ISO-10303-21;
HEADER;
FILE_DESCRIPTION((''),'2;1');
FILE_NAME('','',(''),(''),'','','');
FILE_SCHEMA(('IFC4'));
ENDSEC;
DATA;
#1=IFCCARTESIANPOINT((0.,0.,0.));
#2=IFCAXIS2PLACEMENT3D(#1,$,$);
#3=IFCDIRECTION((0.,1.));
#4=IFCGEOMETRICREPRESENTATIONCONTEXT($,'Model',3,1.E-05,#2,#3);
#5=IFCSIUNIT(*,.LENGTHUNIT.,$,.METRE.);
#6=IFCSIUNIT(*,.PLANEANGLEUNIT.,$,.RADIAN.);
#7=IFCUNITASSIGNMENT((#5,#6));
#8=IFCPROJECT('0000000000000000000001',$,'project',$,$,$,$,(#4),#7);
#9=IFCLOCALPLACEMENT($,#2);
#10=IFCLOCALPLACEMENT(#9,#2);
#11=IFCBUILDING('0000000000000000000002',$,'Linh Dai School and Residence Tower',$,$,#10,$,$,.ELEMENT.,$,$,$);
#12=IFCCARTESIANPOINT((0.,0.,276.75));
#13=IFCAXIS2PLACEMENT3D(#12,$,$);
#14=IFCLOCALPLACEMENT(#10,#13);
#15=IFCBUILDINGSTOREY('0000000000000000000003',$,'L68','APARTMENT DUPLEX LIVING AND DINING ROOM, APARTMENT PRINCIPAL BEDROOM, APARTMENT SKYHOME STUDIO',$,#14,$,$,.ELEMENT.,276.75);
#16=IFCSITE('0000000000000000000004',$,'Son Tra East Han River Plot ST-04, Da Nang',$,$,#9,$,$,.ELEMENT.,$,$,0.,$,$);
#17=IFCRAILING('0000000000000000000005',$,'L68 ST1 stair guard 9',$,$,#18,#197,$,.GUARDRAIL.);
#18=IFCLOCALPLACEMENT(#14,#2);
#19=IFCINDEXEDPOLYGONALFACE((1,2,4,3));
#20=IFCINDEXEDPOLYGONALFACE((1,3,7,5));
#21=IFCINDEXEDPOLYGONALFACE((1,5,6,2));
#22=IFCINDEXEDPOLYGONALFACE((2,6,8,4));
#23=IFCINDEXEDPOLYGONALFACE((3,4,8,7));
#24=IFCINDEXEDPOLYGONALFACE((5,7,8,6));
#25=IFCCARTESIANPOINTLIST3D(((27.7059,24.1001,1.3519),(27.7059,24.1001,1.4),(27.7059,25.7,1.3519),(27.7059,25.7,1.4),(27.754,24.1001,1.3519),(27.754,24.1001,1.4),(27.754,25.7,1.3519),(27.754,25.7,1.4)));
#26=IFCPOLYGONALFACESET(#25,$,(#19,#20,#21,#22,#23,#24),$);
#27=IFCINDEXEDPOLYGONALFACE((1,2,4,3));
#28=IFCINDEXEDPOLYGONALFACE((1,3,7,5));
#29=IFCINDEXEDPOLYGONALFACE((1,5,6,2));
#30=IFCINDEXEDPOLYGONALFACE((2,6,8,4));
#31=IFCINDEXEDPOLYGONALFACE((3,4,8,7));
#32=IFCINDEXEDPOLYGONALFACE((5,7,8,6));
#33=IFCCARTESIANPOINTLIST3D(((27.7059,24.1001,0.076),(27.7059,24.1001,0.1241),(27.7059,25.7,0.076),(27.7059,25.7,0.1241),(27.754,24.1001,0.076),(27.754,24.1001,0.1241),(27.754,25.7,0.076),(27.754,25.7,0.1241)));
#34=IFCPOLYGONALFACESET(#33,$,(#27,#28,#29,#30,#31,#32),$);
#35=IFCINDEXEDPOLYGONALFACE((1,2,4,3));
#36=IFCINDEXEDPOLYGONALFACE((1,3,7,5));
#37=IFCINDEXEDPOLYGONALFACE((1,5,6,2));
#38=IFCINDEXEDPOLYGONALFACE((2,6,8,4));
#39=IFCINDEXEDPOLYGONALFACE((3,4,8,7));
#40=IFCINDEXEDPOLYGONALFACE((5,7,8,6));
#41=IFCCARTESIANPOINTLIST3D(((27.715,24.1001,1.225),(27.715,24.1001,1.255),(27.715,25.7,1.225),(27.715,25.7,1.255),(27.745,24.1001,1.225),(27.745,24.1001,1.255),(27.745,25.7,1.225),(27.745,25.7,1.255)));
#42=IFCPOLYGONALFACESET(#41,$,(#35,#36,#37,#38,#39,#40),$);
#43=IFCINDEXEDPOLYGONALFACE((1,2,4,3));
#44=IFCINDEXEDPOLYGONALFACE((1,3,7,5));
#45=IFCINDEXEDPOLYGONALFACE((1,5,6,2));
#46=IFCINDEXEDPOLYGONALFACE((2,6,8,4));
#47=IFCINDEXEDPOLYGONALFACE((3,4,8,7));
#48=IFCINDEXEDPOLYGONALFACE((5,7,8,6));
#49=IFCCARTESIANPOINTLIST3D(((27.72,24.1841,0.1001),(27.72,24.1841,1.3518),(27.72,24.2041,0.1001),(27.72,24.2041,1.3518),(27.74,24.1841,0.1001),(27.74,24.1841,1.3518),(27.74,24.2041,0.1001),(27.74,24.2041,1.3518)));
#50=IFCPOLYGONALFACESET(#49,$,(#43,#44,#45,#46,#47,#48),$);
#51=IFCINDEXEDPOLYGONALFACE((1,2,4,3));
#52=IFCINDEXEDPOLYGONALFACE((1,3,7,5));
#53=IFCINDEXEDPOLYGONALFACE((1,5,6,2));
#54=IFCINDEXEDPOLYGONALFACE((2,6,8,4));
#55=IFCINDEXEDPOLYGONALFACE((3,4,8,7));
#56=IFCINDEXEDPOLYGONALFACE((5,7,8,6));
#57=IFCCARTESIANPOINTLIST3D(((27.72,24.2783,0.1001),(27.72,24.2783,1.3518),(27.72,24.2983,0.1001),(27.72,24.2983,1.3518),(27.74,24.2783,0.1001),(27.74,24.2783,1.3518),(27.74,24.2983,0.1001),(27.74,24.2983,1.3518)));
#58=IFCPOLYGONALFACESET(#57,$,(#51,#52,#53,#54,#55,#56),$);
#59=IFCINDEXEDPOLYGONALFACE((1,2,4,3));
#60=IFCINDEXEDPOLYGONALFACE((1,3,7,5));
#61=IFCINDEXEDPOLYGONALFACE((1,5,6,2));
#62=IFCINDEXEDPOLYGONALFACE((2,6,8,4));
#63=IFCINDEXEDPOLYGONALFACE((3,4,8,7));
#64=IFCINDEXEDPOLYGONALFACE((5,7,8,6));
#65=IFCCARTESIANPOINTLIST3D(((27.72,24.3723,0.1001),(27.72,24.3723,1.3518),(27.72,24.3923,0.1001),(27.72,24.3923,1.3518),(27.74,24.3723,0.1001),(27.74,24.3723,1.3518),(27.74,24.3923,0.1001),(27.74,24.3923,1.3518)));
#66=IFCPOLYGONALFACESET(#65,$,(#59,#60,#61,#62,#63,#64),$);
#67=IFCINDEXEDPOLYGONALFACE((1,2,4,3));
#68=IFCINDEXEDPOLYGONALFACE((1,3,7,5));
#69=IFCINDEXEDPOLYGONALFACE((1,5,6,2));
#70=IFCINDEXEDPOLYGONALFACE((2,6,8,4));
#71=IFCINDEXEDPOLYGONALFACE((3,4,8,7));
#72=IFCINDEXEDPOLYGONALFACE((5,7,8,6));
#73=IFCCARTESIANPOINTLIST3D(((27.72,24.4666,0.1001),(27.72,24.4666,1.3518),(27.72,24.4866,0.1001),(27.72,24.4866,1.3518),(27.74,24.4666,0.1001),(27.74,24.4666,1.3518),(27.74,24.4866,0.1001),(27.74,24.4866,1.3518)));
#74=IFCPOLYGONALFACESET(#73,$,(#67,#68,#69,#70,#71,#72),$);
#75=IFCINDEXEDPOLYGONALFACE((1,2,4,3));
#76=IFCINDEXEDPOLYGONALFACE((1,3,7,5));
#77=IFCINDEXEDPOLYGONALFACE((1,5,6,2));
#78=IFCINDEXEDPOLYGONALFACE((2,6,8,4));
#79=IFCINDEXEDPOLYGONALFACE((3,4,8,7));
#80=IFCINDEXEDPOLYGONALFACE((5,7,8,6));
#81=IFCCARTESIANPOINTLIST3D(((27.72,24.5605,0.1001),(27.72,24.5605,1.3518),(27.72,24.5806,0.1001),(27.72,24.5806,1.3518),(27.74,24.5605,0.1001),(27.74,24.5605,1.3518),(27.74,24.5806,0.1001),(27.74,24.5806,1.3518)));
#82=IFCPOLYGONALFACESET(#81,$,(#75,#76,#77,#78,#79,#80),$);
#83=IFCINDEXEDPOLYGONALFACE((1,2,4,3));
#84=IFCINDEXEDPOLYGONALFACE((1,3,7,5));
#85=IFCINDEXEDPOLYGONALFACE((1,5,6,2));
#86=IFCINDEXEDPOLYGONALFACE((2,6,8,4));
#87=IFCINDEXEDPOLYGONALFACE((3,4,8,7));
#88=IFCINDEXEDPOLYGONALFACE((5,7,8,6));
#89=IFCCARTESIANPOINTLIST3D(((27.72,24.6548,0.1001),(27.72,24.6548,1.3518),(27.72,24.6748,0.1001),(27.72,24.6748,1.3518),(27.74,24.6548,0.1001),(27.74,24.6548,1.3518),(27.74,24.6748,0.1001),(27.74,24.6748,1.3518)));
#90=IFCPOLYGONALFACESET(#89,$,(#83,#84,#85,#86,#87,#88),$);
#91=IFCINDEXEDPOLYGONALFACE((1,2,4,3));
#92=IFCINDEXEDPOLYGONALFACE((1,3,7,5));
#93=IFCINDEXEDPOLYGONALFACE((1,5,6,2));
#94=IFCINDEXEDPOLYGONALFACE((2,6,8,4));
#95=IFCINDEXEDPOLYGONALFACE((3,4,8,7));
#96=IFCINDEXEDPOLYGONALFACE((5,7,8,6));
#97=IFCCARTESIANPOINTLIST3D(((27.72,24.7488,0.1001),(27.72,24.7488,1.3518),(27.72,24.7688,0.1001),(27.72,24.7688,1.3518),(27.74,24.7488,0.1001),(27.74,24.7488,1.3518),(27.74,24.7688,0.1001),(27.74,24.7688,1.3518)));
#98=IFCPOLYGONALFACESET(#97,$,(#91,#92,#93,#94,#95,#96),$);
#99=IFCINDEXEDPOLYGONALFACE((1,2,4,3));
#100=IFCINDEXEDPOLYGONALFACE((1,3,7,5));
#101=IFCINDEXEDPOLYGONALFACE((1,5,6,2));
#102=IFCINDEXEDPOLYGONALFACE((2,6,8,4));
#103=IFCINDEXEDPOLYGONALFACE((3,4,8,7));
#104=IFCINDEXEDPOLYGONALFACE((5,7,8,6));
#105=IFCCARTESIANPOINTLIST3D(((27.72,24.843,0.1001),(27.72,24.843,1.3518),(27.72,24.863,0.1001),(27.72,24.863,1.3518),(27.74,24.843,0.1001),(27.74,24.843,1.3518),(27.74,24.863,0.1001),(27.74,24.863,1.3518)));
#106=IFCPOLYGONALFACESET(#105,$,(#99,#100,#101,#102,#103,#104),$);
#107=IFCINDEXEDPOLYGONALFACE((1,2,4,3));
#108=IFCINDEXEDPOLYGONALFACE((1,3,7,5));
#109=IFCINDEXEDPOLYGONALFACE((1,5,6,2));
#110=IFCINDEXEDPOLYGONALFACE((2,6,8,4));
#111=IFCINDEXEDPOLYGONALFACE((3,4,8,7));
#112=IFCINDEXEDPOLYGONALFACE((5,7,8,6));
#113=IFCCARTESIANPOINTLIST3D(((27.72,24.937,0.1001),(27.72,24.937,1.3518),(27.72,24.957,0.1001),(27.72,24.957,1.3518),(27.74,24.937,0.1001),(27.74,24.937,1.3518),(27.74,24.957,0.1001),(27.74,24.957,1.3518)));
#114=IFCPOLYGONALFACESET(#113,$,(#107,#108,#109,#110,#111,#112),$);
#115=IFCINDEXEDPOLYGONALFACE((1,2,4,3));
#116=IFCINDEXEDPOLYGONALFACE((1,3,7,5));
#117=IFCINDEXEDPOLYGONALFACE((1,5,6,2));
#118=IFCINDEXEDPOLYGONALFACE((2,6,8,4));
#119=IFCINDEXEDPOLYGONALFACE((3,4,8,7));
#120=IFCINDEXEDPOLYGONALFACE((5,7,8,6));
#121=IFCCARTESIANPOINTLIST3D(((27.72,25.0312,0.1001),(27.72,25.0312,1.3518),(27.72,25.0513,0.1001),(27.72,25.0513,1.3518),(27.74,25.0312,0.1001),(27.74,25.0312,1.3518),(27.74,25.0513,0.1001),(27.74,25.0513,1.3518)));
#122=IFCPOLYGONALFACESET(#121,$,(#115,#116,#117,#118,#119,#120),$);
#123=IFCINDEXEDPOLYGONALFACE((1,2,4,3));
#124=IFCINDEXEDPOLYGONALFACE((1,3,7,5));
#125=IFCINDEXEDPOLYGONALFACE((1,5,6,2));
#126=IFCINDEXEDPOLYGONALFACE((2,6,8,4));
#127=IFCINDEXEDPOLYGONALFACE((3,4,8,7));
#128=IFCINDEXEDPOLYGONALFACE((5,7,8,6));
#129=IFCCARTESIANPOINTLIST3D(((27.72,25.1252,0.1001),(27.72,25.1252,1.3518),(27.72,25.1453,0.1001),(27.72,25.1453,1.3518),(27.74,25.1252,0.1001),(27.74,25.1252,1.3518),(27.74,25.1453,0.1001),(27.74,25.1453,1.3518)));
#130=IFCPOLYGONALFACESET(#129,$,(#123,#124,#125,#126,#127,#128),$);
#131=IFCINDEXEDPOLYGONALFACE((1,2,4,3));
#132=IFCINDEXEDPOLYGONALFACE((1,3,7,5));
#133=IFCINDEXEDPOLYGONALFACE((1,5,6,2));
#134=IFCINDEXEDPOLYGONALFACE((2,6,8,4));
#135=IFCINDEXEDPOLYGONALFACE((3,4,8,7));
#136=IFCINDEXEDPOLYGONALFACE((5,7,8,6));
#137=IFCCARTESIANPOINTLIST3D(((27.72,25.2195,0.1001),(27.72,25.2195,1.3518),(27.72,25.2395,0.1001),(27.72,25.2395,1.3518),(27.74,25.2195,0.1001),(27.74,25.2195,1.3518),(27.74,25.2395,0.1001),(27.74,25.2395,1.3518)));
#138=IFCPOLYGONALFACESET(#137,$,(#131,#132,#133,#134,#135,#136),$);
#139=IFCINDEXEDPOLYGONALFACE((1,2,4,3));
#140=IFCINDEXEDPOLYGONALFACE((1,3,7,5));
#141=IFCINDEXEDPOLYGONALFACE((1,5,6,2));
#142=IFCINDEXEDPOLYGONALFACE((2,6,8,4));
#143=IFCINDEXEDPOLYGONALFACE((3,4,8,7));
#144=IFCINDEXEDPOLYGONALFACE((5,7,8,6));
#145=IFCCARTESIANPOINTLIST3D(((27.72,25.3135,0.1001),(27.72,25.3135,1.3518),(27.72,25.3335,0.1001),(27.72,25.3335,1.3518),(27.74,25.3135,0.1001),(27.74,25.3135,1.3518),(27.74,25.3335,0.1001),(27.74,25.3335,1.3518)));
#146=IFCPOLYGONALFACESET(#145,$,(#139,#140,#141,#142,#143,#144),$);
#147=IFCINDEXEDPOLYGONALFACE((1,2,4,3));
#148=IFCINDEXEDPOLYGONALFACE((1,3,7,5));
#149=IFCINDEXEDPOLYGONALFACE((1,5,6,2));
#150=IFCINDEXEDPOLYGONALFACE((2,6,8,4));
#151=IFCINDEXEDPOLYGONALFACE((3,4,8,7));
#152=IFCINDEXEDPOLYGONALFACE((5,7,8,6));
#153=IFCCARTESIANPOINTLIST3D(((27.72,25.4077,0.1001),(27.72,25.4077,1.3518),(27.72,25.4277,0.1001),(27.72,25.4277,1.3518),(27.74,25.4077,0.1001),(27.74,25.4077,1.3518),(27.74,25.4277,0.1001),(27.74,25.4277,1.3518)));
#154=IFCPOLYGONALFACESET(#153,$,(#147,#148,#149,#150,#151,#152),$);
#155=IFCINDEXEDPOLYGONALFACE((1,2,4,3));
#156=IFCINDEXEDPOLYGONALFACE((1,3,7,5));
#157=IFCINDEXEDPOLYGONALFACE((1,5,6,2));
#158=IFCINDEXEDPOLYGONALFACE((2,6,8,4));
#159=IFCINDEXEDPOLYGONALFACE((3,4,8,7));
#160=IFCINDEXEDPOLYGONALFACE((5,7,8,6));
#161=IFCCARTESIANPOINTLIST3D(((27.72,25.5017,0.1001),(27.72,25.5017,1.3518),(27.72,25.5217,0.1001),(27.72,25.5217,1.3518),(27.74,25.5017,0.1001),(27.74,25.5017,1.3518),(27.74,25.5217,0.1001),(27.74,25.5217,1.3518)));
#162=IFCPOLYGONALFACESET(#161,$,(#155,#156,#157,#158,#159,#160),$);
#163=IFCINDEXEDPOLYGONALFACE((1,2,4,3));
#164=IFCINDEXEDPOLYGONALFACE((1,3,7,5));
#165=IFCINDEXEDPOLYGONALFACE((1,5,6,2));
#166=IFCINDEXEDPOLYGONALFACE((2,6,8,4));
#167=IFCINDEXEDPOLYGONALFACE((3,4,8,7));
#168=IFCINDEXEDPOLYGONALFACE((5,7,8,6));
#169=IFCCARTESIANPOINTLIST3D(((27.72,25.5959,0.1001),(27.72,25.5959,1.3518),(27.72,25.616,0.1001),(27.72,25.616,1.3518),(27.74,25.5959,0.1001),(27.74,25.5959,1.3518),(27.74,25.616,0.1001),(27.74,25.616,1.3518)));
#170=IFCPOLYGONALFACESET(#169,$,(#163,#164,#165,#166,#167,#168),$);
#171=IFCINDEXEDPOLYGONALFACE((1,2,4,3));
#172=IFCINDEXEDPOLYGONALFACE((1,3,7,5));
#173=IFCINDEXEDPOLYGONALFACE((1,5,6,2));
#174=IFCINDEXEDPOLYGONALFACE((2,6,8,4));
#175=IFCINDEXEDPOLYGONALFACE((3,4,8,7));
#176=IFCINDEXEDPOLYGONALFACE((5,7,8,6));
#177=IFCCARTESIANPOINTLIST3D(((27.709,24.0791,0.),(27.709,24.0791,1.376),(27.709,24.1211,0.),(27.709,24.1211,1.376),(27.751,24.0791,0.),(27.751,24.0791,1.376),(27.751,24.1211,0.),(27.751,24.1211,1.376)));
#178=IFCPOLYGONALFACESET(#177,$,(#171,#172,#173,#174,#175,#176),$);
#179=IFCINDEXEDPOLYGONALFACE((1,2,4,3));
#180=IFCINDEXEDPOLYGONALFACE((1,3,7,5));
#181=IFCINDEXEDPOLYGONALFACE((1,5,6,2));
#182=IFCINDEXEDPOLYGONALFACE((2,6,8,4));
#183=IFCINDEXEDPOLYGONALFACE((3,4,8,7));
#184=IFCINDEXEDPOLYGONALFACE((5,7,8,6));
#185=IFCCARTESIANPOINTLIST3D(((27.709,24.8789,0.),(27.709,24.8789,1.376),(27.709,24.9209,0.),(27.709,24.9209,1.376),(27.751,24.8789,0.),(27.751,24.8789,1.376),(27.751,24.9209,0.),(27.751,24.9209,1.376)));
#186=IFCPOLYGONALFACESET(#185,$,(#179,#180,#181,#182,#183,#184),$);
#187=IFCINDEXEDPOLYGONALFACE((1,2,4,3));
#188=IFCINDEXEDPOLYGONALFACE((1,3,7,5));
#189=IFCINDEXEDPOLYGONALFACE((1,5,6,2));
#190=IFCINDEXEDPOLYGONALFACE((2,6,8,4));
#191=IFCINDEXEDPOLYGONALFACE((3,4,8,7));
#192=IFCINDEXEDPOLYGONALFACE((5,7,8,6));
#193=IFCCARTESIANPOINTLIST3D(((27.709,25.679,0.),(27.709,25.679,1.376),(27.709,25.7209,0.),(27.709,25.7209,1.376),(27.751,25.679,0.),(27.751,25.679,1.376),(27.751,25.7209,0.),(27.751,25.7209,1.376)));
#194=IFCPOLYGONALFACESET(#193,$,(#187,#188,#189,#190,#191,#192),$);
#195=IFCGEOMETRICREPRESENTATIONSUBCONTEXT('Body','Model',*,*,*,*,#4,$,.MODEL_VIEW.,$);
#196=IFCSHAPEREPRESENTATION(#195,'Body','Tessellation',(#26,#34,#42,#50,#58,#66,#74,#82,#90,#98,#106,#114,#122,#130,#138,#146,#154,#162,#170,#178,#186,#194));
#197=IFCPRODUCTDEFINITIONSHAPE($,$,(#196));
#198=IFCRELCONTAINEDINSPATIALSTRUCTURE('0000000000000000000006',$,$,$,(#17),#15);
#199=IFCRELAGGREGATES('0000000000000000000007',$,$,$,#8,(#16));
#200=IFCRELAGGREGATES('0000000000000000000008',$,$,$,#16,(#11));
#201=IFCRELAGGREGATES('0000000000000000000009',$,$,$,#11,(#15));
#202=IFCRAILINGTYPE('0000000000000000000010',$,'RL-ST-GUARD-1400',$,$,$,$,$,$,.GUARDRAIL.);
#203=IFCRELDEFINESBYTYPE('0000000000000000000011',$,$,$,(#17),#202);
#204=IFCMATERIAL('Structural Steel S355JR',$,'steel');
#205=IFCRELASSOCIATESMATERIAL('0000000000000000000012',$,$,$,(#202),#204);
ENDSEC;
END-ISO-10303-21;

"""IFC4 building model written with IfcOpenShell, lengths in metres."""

from ifc_helpers import new_model, si_unit, direction, frame, origin, origin_2d, place, context, subcontext, project, spatial, rectangle, extrude, source, transform, mapped, material, type_object, element, save


model = new_model("IFC4")

# Units and contexts
model_context = context("Model", 3, precision=1e-05, world=origin(), true_north=direction((0.0, 1.0)))
body_context = subcontext(model_context, "Body", "Model", "MODEL_VIEW")
ifc_project = project(units=[si_unit("LENGTHUNIT", "METRE"), si_unit("PLANEANGLEUNIT", "RADIAN")], contexts=[model_context])

# Site, building, storey
site_placement = place(None, origin())
site = spatial("IfcSite", under=ifc_project, at=site_placement, Name="Son Tra East Han River Plot ST-04, Da Nang", CompositionType="ELEMENT", RefElevation=0.0)
building_placement = place(site_placement, origin())
building = spatial("IfcBuilding", under=site, at=building_placement, Name="Linh Dai School and Residence Tower", CompositionType="ELEMENT")
storey_placement = place(building_placement, frame((0.0, 0.0, 276.75)))
storey = spatial("IfcBuildingStorey", under=building, at=storey_placement, Name="L68", Description="APARTMENT DUPLEX LIVING AND DINING ROOM, APARTMENT PRINCIPAL BEDROOM, APARTMENT SKYHOME STUDIO", CompositionType="ELEMENT", Elevation=276.75)

# Shared definitions
ifc_material_1 = material(Name="Structural Steel S355JR", Category="steel")

# Railing
railing_type = type_object("IfcRailingType", Name="RL-ST-GUARD-1400", PredefinedType="GUARDRAIL", material=ifc_material_1)
shared_shape_1 = source(origin(), body_context, "Body", "SweptSolid", [
    extrude(rectangle(XDim=0.0481, YDim=0.0481, at=origin_2d()), frame((0.0, 0.0, 1.376), z_axis=(0.0, 1.0, 0.0), x_axis=(-1.0, 0.0, 0.0)), (0.0, 0.0, 1.0), 1.5999),
    extrude(rectangle(XDim=0.0481, YDim=0.0481, at=origin_2d()), frame((0.0, 0.0, 0.1001), z_axis=(0.0, 1.0, 0.0), x_axis=(-1.0, 0.0, 0.0)), (0.0, 0.0, 1.0), 1.5999),
    extrude(rectangle(XDim=0.03, YDim=0.03, at=origin_2d()), frame((0.0, 0.0, 1.24), z_axis=(0.0, 1.0, 0.0), x_axis=(-1.0, 0.0, 0.0)), (0.0, 0.0, 1.0), 1.5999),
    extrude(rectangle(XDim=0.02, YDim=0.02, at=origin_2d()), frame((0.0, 0.094, 0.1001)), (0.0, 0.0, 1.0), 1.2517),
    extrude(rectangle(XDim=0.02, YDim=0.02, at=origin_2d()), frame((0.0, 0.1882, 0.1001)), (0.0, 0.0, 1.0), 1.2517),
    extrude(rectangle(XDim=0.02, YDim=0.02, at=origin_2d()), frame((0.0, 0.2822, 0.1001)), (0.0, 0.0, 1.0), 1.2517),
    extrude(rectangle(XDim=0.02, YDim=0.02, at=origin_2d()), frame((0.0, 0.3765, 0.1001)), (0.0, 0.0, 1.0), 1.2517),
    extrude(rectangle(XDim=0.02, YDim=0.02, at=origin_2d()), frame((0.0, 0.4705, 0.1001)), (0.0, 0.0, 1.0), 1.2517),
    extrude(rectangle(XDim=0.02, YDim=0.02, at=origin_2d()), frame((0.0, 0.5647, 0.1001)), (0.0, 0.0, 1.0), 1.2517),
    extrude(rectangle(XDim=0.02, YDim=0.02, at=origin_2d()), frame((0.0, 0.6587, 0.1001)), (0.0, 0.0, 1.0), 1.2517),
    extrude(rectangle(XDim=0.02, YDim=0.02, at=origin_2d()), frame((0.0, 0.7529, 0.1001)), (0.0, 0.0, 1.0), 1.2517),
    extrude(rectangle(XDim=0.02, YDim=0.02, at=origin_2d()), frame((0.0, 0.8469, 0.1001)), (0.0, 0.0, 1.0), 1.2517),
    extrude(rectangle(XDim=0.02, YDim=0.02, at=origin_2d()), frame((0.0, 0.9412, 0.1001)), (0.0, 0.0, 1.0), 1.2517),
    extrude(rectangle(XDim=0.02, YDim=0.02, at=origin_2d()), frame((0.0, 1.0352, 0.1001)), (0.0, 0.0, 1.0), 1.2517),
    extrude(rectangle(XDim=0.02, YDim=0.02, at=origin_2d()), frame((0.0, 1.1294, 0.1001)), (0.0, 0.0, 1.0), 1.2517),
    extrude(rectangle(XDim=0.02, YDim=0.02, at=origin_2d()), frame((0.0, 1.2234, 0.1001)), (0.0, 0.0, 1.0), 1.2517),
    extrude(rectangle(XDim=0.02, YDim=0.02, at=origin_2d()), frame((0.0, 1.3176, 0.1001)), (0.0, 0.0, 1.0), 1.2517),
    extrude(rectangle(XDim=0.02, YDim=0.02, at=origin_2d()), frame((0.0, 1.4116, 0.1001)), (0.0, 0.0, 1.0), 1.2517),
    extrude(rectangle(XDim=0.02, YDim=0.02, at=origin_2d()), frame((0.0, 1.5059, 0.1001)), (0.0, 0.0, 1.0), 1.2517),
    extrude(rectangle(XDim=0.042, YDim=0.042, at=origin_2d()), origin(), (0.0, 0.0, 1.0), 1.376),
    extrude(rectangle(XDim=0.042, YDim=0.042, at=origin_2d()), frame((0.0, 0.7998, 0.0)), (0.0, 0.0, 1.0), 1.376),
    extrude(rectangle(XDim=0.042, YDim=0.042, at=origin_2d()), frame((0.0, 1.5999, 0.0)), (0.0, 0.0, 1.0), 1.376),
])
for number, where, name in (
    (1, (27.73, 24.1001, 0.0), "L68 ST1 stair guard 9"),
):
    element("IfcRailing", number, at=place(storey_placement, frame(where)), inside=storey, type_object=railing_type, Name=name, PredefinedType="GUARDRAIL", context=body_context, shape_type="MappedRepresentation", body=[
        mapped(shared_shape_1, transform((0.0, 0.0, 0.0), x_axis=(1.0, 0.0, 0.0), y_axis=(0.0, 1.0, 0.0), z_axis=(0.0, 0.0, 1.0), scale=1.0)),
    ])

save(model, "model.ifc")
